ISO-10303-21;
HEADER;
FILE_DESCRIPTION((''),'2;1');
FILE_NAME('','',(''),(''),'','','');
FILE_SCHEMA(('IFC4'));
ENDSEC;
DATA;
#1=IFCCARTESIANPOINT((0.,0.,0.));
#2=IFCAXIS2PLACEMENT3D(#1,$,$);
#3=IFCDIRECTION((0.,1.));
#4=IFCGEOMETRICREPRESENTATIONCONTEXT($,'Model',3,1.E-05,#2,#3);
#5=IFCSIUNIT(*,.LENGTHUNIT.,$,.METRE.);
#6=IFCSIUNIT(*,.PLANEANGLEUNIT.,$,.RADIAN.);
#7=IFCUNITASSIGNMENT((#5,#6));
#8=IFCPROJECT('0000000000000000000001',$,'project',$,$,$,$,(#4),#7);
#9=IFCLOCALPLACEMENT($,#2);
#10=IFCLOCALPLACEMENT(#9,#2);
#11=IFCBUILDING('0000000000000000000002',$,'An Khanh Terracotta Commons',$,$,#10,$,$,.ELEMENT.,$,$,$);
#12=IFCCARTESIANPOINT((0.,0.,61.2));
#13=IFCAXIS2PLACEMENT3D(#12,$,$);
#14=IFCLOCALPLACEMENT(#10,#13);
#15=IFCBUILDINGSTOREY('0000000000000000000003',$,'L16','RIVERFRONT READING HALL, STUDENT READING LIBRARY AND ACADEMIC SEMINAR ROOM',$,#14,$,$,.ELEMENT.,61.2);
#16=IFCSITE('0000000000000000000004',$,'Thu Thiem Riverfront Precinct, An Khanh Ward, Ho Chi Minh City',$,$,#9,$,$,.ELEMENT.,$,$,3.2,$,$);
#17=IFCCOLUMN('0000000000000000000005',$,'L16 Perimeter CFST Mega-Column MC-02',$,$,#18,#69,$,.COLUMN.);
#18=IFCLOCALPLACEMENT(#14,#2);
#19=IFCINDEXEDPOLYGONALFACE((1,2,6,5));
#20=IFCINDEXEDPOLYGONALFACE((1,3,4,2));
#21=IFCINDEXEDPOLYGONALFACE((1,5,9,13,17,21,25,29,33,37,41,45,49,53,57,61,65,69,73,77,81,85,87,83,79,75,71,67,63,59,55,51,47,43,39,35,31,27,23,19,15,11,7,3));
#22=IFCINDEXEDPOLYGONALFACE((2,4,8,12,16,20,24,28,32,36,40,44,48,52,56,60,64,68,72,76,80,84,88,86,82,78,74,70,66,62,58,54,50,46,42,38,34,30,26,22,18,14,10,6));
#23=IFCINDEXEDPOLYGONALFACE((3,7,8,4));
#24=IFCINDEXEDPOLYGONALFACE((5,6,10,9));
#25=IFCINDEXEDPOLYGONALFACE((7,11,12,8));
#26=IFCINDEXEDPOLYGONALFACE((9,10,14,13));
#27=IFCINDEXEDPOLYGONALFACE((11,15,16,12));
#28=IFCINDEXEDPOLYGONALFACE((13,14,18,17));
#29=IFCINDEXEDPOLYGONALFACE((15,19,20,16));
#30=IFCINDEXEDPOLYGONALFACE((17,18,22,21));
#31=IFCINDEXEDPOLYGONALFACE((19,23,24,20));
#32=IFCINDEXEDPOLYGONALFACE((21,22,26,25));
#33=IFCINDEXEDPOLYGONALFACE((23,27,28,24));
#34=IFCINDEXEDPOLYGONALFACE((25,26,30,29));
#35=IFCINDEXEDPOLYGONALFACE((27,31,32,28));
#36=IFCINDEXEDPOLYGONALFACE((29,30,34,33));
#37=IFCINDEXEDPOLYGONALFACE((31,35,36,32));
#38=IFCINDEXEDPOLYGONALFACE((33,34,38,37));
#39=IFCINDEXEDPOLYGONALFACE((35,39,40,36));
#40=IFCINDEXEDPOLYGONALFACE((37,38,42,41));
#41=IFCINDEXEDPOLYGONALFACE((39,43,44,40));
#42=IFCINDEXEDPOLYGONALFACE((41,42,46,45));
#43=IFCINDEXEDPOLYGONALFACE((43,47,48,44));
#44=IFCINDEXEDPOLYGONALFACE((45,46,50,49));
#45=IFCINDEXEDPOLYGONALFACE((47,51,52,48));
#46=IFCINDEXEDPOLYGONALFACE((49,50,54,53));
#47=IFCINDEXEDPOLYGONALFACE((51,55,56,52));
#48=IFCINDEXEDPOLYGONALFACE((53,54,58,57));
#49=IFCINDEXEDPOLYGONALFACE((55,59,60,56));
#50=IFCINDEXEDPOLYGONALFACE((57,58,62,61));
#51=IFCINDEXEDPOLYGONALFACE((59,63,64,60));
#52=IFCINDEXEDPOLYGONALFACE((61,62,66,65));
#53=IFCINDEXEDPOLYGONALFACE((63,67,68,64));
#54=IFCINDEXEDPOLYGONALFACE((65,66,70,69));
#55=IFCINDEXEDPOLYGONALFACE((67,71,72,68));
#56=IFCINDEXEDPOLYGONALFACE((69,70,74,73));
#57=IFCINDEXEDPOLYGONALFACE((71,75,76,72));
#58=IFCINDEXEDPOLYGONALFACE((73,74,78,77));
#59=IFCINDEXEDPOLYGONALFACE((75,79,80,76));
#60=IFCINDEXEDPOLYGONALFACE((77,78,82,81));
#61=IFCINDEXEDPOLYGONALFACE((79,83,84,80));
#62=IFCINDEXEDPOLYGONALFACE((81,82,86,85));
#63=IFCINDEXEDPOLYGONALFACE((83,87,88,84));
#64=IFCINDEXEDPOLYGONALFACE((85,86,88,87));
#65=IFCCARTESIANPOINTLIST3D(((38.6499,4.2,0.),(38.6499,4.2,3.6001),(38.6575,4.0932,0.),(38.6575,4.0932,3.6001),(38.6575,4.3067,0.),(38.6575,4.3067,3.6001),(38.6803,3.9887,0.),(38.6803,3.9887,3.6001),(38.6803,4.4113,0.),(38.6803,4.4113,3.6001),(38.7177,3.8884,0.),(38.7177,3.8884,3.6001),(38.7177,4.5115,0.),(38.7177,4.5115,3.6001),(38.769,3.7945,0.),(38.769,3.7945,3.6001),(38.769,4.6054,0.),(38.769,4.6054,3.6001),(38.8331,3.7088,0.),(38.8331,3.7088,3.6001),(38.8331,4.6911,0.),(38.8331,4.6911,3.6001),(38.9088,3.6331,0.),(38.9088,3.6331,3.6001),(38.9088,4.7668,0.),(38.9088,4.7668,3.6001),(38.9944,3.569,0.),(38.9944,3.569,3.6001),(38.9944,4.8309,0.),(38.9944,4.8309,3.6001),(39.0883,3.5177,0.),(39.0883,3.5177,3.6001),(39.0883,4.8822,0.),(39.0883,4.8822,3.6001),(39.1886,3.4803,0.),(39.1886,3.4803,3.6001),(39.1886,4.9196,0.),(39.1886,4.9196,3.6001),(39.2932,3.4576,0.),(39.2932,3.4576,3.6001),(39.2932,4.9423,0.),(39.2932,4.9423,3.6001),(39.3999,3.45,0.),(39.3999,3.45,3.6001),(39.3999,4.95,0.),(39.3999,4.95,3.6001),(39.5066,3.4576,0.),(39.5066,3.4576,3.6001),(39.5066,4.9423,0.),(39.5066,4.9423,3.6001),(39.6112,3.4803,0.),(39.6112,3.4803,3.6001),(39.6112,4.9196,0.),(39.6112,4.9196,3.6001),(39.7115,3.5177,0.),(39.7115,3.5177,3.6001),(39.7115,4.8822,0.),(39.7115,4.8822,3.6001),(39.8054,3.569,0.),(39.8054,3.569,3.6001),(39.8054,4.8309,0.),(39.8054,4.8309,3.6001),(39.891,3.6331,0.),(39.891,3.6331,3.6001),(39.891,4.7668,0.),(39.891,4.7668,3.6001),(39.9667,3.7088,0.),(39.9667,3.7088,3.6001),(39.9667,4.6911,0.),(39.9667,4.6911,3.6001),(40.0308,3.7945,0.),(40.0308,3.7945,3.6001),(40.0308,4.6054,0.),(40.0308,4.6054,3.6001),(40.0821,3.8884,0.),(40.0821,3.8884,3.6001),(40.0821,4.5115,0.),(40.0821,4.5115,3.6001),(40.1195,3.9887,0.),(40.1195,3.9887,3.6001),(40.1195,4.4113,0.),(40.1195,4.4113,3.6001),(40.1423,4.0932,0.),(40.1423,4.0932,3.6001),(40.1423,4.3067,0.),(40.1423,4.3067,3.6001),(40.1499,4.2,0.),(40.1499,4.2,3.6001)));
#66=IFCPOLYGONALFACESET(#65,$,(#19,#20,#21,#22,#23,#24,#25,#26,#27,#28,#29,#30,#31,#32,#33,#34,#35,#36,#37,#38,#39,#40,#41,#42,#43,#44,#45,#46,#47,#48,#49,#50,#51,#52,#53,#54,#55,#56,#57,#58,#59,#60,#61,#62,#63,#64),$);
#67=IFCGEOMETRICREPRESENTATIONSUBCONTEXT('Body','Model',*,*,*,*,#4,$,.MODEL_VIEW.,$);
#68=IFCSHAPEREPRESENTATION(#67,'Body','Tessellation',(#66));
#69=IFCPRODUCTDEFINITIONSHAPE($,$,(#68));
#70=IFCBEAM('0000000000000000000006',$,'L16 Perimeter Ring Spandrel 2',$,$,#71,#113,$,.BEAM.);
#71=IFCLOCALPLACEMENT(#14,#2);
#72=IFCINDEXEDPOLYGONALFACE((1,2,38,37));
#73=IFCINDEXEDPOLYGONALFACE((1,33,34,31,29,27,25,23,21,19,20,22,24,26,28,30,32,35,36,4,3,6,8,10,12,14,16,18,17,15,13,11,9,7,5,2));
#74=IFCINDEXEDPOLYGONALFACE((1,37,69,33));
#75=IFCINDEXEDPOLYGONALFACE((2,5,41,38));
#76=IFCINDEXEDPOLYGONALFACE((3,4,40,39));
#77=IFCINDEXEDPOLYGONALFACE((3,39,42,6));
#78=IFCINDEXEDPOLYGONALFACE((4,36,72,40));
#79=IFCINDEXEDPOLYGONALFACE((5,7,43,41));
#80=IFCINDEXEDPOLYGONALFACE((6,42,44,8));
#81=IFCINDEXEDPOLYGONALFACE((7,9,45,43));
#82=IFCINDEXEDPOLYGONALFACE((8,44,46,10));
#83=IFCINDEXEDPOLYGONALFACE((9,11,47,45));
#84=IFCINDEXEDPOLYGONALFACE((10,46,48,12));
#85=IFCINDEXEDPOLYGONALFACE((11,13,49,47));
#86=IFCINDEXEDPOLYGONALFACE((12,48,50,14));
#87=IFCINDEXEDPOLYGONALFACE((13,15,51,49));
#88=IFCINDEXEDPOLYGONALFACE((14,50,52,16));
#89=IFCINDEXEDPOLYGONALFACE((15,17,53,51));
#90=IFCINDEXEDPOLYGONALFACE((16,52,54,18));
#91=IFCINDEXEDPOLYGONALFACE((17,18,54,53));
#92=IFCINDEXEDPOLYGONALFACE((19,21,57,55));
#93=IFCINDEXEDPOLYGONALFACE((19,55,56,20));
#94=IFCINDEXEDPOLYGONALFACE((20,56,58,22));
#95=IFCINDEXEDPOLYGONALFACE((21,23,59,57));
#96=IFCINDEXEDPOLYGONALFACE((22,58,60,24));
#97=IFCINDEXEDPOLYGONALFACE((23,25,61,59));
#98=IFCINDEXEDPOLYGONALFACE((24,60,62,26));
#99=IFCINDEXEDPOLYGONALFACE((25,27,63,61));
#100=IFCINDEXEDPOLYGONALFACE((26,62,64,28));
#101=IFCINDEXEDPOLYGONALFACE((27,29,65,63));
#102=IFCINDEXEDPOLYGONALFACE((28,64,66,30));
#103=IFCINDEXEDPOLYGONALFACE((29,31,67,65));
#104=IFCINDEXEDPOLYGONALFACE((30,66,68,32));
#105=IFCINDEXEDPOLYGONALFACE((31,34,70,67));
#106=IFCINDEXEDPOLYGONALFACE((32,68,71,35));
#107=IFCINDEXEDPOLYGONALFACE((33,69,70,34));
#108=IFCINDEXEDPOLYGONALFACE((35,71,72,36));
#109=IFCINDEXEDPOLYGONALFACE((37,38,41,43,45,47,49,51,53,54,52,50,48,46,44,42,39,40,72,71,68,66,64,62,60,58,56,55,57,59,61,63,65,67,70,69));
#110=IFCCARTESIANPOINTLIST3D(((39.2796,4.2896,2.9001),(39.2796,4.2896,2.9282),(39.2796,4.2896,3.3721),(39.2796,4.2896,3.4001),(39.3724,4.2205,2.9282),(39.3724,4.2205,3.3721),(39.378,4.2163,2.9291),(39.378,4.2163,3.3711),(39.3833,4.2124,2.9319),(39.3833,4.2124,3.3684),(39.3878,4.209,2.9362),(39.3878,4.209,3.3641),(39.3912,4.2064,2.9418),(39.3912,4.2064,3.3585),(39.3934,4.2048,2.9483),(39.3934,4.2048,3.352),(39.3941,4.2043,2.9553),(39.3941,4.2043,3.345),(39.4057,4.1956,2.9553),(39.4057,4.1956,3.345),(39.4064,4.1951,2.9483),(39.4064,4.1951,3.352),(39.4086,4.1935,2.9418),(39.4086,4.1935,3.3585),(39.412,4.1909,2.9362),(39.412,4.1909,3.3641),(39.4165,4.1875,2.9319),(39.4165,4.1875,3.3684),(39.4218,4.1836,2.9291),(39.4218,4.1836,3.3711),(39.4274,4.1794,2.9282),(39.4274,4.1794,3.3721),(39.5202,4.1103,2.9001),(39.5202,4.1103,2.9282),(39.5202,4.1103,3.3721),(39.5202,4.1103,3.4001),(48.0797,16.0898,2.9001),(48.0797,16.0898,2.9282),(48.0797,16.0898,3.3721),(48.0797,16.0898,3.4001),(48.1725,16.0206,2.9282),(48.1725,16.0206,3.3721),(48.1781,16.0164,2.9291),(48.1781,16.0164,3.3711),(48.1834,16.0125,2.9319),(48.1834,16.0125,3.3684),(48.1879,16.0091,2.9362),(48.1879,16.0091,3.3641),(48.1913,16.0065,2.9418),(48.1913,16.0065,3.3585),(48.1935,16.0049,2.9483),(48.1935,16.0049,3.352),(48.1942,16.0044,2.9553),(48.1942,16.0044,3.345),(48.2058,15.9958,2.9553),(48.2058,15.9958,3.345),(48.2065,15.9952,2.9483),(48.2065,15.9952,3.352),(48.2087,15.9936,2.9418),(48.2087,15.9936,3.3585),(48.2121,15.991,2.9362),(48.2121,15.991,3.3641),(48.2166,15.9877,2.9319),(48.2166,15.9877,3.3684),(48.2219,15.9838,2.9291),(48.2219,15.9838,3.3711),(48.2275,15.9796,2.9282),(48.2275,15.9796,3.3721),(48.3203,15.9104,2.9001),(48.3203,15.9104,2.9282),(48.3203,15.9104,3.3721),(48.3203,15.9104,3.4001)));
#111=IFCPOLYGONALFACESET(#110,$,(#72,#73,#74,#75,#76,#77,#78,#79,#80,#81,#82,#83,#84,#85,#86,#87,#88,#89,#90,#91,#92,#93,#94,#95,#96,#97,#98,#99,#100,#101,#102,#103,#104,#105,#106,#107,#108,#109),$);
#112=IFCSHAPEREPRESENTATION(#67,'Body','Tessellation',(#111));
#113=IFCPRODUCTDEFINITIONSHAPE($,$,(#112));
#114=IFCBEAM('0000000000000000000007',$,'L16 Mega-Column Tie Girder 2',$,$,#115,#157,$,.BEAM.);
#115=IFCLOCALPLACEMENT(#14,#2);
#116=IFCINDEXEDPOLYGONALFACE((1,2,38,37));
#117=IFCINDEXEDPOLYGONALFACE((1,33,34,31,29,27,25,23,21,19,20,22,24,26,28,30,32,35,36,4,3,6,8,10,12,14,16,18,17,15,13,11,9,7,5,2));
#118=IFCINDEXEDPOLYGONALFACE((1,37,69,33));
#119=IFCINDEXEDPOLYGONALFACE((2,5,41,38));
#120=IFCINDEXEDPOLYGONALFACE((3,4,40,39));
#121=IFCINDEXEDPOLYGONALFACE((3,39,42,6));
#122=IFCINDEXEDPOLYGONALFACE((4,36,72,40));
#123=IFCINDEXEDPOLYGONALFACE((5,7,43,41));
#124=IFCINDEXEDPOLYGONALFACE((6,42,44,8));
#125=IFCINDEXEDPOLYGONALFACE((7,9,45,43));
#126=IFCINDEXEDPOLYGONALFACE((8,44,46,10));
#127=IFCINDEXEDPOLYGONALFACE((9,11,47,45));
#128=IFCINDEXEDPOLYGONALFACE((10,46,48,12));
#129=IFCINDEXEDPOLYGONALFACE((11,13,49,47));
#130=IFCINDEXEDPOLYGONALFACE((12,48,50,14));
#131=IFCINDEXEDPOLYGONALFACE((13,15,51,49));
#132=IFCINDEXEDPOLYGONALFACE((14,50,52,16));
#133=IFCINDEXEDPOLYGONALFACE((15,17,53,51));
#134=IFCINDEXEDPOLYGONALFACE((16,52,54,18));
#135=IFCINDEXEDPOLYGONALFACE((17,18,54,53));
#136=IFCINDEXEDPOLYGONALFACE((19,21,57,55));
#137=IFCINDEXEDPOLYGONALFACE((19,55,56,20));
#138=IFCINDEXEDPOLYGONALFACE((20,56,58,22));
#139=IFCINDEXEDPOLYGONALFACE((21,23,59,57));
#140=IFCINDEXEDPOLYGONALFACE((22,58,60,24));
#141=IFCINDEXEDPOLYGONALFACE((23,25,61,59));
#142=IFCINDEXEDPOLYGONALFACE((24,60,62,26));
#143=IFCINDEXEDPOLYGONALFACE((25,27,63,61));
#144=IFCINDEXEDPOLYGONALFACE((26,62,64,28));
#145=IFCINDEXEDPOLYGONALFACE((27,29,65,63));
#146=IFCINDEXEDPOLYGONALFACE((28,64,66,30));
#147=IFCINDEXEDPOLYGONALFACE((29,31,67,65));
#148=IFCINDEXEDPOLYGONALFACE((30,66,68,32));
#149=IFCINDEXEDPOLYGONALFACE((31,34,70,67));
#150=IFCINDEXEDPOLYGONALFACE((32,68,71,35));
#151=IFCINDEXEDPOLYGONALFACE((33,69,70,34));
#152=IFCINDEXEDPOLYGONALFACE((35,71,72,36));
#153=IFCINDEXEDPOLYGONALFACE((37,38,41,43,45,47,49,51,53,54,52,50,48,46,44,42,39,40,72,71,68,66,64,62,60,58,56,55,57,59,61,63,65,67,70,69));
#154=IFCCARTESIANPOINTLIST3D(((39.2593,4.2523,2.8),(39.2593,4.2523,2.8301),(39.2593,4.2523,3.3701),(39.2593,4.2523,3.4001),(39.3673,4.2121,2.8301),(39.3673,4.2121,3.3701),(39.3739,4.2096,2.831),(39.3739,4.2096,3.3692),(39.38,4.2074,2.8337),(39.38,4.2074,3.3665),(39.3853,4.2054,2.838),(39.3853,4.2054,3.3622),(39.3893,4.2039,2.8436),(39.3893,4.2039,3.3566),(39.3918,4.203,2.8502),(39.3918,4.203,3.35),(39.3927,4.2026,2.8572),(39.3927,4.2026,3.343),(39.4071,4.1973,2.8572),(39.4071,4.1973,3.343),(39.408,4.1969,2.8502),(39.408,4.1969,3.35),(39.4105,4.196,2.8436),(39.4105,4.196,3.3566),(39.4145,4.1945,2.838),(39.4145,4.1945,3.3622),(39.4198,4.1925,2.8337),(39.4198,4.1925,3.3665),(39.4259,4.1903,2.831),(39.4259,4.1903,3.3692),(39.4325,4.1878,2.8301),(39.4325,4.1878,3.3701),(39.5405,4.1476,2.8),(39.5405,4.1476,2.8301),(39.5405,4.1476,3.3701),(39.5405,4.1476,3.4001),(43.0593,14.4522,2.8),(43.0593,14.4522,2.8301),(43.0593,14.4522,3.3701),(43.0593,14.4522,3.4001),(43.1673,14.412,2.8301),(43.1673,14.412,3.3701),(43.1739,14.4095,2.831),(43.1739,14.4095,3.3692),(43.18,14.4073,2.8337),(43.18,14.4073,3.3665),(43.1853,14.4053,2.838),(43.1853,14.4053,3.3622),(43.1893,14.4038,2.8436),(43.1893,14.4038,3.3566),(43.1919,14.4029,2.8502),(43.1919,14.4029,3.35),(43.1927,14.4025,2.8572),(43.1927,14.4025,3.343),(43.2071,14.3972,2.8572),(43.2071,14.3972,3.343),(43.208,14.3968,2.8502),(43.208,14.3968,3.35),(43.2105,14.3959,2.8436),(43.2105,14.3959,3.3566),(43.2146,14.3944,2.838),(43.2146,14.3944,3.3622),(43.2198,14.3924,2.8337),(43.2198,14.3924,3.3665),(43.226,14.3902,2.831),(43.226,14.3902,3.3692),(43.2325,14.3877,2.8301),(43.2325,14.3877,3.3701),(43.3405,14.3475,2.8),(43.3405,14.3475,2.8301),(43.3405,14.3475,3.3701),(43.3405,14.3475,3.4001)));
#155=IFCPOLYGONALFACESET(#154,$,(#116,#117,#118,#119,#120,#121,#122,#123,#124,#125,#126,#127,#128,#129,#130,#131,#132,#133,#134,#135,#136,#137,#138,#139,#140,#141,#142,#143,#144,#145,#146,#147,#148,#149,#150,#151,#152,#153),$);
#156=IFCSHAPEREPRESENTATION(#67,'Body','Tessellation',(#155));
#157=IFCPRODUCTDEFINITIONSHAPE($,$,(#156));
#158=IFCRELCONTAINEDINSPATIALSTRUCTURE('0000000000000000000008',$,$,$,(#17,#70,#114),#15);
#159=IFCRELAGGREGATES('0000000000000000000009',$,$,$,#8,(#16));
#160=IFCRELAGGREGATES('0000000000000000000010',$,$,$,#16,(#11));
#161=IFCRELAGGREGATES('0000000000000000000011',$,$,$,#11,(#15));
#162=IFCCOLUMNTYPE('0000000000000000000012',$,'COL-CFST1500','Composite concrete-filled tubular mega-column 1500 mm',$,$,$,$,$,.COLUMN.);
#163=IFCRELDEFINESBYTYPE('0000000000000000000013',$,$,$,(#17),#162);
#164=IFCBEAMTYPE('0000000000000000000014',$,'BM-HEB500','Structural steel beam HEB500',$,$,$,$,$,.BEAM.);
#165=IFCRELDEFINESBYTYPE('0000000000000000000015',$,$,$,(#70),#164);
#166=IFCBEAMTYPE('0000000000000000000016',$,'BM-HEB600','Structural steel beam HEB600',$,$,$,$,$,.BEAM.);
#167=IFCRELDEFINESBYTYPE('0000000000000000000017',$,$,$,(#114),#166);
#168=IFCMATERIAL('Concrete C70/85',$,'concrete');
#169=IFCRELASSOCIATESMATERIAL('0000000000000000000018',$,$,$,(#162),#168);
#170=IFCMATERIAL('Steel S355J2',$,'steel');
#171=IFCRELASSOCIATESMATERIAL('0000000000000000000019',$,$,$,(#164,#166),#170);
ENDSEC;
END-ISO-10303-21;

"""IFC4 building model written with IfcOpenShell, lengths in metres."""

from ifc_helpers import new_model, si_unit, direction, frame, origin, origin_2d, place, context, subcontext, project, spatial, circle, i_section, extrude, material, material_profile, profile_set, type_object, element, save


model = new_model("IFC4")

# Units and contexts
model_context = context("Model", 3, precision=1e-05, world=origin(), true_north=direction((0.0, 1.0)))
body_context = subcontext(model_context, "Body", "Model", "MODEL_VIEW")
ifc_project = project(units=[si_unit("LENGTHUNIT", "METRE"), si_unit("PLANEANGLEUNIT", "RADIAN")], contexts=[model_context])

# Site, building, storey
site_placement = place(None, origin())
site = spatial("IfcSite", under=ifc_project, at=site_placement, Name="Thu Thiem Riverfront Precinct, An Khanh Ward, Ho Chi Minh City", CompositionType="ELEMENT", RefElevation=3.2)
building_placement = place(site_placement, origin())
building = spatial("IfcBuilding", under=site, at=building_placement, Name="An Khanh Terracotta Commons", CompositionType="ELEMENT")
storey_placement = place(building_placement, frame((0.0, 0.0, 61.2)))
storey = spatial("IfcBuildingStorey", under=building, at=storey_placement, Name="L16", Description="RIVERFRONT READING HALL, STUDENT READING LIBRARY AND ACADEMIC SEMINAR ROOM", CompositionType="ELEMENT", Elevation=61.2)

# Column
ifc_material_1 = material(Name="Concrete C70/85", Category="concrete")
ifc_material_profile_1 = material_profile(ifc_material_1, circle(Radius=0.75, at=origin_2d()), Name="CFST1500")
ifc_profile_set_1 = profile_set([ifc_material_profile_1], Name="Concrete C70/85")
column_type = type_object("IfcColumnType", Name="COL-CFST1500", Description="Composite concrete-filled tubular mega-column 1500 mm", PredefinedType="COLUMN", material=ifc_profile_set_1)
column_placement = place(storey_placement, frame((39.3999, 4.2, 0.0), z_axis=(0.0, 0.0, 1.0), x_axis=(1.0, 0.0, 0.0)))
element("IfcColumn", 1, at=column_placement, inside=storey, type_object=column_type, Name="L16 Perimeter CFST Mega-Column MC-02", PredefinedType="COLUMN", context=body_context, shape_type="SweptSolid", body=[
    extrude(circle(Radius=0.75, at=origin_2d()), origin(), (0.0, 0.0, 1.0), 3.6001),
])

# Beams
ifc_material_2 = material(Name="Steel S355J2", Category="steel")
ifc_material_profile_2 = material_profile(ifc_material_2, i_section(OverallWidth=0.3, OverallDepth=0.5, WebThickness=0.0144, FlangeThickness=0.0281, FilletRadius=0.0271, at=origin_2d()), Name="HEB500")
ifc_profile_set_2 = profile_set([ifc_material_profile_2], Name="Steel S355J2")
beam_type_1 = type_object("IfcBeamType", Name="BM-HEB500", Description="Structural steel beam HEB500", PredefinedType="BEAM", material=ifc_profile_set_2)
beam_1_placement = place(storey_placement, frame((39.3999, 4.2, 3.1501), z_axis=(0.597824, 0.801627, 0.0), x_axis=(-0.801627, 0.597824, 0.0)))
element("IfcBeam", 2, at=beam_1_placement, inside=storey, type_object=beam_type_1, Name="L16 Perimeter Ring Spandrel 2", PredefinedType="BEAM", context=body_context, shape_type="SweptSolid", body=[
    extrude(i_section(OverallWidth=0.3, OverallDepth=0.5, WebThickness=0.0144, FlangeThickness=0.0281, FilletRadius=0.0271, at=origin_2d()), origin(), (0.0, 0.0, 1.0), 14.7202),
])
ifc_material_profile_3 = material_profile(ifc_material_2, i_section(OverallWidth=0.3, OverallDepth=0.6001, WebThickness=0.0154, FlangeThickness=0.03, FilletRadius=0.0271, at=origin_2d()), Name="HEB600")
ifc_profile_set_3 = profile_set([ifc_material_profile_3], Name="Steel S355J2")
beam_type_2 = type_object("IfcBeamType", Name="BM-HEB600", Description="Structural steel beam HEB600", PredefinedType="BEAM", material=ifc_profile_set_3)
beam_2_placement = place(storey_placement, frame((39.3999, 4.2, 3.1001), z_axis=(0.349114, 0.93708, 0.0), x_axis=(-0.93708, 0.349114, 0.0)))
element("IfcBeam", 3, at=beam_2_placement, inside=storey, type_object=beam_type_2, Name="L16 Mega-Column Tie Girder 2", PredefinedType="BEAM", context=body_context, shape_type="SweptSolid", body=[
    extrude(i_section(OverallWidth=0.3, OverallDepth=0.6001, WebThickness=0.0154, FlangeThickness=0.03, FilletRadius=0.0271, at=origin_2d()), origin(), (0.0, 0.0, 1.0), 10.8848),
])

save(model, "model.ifc")
